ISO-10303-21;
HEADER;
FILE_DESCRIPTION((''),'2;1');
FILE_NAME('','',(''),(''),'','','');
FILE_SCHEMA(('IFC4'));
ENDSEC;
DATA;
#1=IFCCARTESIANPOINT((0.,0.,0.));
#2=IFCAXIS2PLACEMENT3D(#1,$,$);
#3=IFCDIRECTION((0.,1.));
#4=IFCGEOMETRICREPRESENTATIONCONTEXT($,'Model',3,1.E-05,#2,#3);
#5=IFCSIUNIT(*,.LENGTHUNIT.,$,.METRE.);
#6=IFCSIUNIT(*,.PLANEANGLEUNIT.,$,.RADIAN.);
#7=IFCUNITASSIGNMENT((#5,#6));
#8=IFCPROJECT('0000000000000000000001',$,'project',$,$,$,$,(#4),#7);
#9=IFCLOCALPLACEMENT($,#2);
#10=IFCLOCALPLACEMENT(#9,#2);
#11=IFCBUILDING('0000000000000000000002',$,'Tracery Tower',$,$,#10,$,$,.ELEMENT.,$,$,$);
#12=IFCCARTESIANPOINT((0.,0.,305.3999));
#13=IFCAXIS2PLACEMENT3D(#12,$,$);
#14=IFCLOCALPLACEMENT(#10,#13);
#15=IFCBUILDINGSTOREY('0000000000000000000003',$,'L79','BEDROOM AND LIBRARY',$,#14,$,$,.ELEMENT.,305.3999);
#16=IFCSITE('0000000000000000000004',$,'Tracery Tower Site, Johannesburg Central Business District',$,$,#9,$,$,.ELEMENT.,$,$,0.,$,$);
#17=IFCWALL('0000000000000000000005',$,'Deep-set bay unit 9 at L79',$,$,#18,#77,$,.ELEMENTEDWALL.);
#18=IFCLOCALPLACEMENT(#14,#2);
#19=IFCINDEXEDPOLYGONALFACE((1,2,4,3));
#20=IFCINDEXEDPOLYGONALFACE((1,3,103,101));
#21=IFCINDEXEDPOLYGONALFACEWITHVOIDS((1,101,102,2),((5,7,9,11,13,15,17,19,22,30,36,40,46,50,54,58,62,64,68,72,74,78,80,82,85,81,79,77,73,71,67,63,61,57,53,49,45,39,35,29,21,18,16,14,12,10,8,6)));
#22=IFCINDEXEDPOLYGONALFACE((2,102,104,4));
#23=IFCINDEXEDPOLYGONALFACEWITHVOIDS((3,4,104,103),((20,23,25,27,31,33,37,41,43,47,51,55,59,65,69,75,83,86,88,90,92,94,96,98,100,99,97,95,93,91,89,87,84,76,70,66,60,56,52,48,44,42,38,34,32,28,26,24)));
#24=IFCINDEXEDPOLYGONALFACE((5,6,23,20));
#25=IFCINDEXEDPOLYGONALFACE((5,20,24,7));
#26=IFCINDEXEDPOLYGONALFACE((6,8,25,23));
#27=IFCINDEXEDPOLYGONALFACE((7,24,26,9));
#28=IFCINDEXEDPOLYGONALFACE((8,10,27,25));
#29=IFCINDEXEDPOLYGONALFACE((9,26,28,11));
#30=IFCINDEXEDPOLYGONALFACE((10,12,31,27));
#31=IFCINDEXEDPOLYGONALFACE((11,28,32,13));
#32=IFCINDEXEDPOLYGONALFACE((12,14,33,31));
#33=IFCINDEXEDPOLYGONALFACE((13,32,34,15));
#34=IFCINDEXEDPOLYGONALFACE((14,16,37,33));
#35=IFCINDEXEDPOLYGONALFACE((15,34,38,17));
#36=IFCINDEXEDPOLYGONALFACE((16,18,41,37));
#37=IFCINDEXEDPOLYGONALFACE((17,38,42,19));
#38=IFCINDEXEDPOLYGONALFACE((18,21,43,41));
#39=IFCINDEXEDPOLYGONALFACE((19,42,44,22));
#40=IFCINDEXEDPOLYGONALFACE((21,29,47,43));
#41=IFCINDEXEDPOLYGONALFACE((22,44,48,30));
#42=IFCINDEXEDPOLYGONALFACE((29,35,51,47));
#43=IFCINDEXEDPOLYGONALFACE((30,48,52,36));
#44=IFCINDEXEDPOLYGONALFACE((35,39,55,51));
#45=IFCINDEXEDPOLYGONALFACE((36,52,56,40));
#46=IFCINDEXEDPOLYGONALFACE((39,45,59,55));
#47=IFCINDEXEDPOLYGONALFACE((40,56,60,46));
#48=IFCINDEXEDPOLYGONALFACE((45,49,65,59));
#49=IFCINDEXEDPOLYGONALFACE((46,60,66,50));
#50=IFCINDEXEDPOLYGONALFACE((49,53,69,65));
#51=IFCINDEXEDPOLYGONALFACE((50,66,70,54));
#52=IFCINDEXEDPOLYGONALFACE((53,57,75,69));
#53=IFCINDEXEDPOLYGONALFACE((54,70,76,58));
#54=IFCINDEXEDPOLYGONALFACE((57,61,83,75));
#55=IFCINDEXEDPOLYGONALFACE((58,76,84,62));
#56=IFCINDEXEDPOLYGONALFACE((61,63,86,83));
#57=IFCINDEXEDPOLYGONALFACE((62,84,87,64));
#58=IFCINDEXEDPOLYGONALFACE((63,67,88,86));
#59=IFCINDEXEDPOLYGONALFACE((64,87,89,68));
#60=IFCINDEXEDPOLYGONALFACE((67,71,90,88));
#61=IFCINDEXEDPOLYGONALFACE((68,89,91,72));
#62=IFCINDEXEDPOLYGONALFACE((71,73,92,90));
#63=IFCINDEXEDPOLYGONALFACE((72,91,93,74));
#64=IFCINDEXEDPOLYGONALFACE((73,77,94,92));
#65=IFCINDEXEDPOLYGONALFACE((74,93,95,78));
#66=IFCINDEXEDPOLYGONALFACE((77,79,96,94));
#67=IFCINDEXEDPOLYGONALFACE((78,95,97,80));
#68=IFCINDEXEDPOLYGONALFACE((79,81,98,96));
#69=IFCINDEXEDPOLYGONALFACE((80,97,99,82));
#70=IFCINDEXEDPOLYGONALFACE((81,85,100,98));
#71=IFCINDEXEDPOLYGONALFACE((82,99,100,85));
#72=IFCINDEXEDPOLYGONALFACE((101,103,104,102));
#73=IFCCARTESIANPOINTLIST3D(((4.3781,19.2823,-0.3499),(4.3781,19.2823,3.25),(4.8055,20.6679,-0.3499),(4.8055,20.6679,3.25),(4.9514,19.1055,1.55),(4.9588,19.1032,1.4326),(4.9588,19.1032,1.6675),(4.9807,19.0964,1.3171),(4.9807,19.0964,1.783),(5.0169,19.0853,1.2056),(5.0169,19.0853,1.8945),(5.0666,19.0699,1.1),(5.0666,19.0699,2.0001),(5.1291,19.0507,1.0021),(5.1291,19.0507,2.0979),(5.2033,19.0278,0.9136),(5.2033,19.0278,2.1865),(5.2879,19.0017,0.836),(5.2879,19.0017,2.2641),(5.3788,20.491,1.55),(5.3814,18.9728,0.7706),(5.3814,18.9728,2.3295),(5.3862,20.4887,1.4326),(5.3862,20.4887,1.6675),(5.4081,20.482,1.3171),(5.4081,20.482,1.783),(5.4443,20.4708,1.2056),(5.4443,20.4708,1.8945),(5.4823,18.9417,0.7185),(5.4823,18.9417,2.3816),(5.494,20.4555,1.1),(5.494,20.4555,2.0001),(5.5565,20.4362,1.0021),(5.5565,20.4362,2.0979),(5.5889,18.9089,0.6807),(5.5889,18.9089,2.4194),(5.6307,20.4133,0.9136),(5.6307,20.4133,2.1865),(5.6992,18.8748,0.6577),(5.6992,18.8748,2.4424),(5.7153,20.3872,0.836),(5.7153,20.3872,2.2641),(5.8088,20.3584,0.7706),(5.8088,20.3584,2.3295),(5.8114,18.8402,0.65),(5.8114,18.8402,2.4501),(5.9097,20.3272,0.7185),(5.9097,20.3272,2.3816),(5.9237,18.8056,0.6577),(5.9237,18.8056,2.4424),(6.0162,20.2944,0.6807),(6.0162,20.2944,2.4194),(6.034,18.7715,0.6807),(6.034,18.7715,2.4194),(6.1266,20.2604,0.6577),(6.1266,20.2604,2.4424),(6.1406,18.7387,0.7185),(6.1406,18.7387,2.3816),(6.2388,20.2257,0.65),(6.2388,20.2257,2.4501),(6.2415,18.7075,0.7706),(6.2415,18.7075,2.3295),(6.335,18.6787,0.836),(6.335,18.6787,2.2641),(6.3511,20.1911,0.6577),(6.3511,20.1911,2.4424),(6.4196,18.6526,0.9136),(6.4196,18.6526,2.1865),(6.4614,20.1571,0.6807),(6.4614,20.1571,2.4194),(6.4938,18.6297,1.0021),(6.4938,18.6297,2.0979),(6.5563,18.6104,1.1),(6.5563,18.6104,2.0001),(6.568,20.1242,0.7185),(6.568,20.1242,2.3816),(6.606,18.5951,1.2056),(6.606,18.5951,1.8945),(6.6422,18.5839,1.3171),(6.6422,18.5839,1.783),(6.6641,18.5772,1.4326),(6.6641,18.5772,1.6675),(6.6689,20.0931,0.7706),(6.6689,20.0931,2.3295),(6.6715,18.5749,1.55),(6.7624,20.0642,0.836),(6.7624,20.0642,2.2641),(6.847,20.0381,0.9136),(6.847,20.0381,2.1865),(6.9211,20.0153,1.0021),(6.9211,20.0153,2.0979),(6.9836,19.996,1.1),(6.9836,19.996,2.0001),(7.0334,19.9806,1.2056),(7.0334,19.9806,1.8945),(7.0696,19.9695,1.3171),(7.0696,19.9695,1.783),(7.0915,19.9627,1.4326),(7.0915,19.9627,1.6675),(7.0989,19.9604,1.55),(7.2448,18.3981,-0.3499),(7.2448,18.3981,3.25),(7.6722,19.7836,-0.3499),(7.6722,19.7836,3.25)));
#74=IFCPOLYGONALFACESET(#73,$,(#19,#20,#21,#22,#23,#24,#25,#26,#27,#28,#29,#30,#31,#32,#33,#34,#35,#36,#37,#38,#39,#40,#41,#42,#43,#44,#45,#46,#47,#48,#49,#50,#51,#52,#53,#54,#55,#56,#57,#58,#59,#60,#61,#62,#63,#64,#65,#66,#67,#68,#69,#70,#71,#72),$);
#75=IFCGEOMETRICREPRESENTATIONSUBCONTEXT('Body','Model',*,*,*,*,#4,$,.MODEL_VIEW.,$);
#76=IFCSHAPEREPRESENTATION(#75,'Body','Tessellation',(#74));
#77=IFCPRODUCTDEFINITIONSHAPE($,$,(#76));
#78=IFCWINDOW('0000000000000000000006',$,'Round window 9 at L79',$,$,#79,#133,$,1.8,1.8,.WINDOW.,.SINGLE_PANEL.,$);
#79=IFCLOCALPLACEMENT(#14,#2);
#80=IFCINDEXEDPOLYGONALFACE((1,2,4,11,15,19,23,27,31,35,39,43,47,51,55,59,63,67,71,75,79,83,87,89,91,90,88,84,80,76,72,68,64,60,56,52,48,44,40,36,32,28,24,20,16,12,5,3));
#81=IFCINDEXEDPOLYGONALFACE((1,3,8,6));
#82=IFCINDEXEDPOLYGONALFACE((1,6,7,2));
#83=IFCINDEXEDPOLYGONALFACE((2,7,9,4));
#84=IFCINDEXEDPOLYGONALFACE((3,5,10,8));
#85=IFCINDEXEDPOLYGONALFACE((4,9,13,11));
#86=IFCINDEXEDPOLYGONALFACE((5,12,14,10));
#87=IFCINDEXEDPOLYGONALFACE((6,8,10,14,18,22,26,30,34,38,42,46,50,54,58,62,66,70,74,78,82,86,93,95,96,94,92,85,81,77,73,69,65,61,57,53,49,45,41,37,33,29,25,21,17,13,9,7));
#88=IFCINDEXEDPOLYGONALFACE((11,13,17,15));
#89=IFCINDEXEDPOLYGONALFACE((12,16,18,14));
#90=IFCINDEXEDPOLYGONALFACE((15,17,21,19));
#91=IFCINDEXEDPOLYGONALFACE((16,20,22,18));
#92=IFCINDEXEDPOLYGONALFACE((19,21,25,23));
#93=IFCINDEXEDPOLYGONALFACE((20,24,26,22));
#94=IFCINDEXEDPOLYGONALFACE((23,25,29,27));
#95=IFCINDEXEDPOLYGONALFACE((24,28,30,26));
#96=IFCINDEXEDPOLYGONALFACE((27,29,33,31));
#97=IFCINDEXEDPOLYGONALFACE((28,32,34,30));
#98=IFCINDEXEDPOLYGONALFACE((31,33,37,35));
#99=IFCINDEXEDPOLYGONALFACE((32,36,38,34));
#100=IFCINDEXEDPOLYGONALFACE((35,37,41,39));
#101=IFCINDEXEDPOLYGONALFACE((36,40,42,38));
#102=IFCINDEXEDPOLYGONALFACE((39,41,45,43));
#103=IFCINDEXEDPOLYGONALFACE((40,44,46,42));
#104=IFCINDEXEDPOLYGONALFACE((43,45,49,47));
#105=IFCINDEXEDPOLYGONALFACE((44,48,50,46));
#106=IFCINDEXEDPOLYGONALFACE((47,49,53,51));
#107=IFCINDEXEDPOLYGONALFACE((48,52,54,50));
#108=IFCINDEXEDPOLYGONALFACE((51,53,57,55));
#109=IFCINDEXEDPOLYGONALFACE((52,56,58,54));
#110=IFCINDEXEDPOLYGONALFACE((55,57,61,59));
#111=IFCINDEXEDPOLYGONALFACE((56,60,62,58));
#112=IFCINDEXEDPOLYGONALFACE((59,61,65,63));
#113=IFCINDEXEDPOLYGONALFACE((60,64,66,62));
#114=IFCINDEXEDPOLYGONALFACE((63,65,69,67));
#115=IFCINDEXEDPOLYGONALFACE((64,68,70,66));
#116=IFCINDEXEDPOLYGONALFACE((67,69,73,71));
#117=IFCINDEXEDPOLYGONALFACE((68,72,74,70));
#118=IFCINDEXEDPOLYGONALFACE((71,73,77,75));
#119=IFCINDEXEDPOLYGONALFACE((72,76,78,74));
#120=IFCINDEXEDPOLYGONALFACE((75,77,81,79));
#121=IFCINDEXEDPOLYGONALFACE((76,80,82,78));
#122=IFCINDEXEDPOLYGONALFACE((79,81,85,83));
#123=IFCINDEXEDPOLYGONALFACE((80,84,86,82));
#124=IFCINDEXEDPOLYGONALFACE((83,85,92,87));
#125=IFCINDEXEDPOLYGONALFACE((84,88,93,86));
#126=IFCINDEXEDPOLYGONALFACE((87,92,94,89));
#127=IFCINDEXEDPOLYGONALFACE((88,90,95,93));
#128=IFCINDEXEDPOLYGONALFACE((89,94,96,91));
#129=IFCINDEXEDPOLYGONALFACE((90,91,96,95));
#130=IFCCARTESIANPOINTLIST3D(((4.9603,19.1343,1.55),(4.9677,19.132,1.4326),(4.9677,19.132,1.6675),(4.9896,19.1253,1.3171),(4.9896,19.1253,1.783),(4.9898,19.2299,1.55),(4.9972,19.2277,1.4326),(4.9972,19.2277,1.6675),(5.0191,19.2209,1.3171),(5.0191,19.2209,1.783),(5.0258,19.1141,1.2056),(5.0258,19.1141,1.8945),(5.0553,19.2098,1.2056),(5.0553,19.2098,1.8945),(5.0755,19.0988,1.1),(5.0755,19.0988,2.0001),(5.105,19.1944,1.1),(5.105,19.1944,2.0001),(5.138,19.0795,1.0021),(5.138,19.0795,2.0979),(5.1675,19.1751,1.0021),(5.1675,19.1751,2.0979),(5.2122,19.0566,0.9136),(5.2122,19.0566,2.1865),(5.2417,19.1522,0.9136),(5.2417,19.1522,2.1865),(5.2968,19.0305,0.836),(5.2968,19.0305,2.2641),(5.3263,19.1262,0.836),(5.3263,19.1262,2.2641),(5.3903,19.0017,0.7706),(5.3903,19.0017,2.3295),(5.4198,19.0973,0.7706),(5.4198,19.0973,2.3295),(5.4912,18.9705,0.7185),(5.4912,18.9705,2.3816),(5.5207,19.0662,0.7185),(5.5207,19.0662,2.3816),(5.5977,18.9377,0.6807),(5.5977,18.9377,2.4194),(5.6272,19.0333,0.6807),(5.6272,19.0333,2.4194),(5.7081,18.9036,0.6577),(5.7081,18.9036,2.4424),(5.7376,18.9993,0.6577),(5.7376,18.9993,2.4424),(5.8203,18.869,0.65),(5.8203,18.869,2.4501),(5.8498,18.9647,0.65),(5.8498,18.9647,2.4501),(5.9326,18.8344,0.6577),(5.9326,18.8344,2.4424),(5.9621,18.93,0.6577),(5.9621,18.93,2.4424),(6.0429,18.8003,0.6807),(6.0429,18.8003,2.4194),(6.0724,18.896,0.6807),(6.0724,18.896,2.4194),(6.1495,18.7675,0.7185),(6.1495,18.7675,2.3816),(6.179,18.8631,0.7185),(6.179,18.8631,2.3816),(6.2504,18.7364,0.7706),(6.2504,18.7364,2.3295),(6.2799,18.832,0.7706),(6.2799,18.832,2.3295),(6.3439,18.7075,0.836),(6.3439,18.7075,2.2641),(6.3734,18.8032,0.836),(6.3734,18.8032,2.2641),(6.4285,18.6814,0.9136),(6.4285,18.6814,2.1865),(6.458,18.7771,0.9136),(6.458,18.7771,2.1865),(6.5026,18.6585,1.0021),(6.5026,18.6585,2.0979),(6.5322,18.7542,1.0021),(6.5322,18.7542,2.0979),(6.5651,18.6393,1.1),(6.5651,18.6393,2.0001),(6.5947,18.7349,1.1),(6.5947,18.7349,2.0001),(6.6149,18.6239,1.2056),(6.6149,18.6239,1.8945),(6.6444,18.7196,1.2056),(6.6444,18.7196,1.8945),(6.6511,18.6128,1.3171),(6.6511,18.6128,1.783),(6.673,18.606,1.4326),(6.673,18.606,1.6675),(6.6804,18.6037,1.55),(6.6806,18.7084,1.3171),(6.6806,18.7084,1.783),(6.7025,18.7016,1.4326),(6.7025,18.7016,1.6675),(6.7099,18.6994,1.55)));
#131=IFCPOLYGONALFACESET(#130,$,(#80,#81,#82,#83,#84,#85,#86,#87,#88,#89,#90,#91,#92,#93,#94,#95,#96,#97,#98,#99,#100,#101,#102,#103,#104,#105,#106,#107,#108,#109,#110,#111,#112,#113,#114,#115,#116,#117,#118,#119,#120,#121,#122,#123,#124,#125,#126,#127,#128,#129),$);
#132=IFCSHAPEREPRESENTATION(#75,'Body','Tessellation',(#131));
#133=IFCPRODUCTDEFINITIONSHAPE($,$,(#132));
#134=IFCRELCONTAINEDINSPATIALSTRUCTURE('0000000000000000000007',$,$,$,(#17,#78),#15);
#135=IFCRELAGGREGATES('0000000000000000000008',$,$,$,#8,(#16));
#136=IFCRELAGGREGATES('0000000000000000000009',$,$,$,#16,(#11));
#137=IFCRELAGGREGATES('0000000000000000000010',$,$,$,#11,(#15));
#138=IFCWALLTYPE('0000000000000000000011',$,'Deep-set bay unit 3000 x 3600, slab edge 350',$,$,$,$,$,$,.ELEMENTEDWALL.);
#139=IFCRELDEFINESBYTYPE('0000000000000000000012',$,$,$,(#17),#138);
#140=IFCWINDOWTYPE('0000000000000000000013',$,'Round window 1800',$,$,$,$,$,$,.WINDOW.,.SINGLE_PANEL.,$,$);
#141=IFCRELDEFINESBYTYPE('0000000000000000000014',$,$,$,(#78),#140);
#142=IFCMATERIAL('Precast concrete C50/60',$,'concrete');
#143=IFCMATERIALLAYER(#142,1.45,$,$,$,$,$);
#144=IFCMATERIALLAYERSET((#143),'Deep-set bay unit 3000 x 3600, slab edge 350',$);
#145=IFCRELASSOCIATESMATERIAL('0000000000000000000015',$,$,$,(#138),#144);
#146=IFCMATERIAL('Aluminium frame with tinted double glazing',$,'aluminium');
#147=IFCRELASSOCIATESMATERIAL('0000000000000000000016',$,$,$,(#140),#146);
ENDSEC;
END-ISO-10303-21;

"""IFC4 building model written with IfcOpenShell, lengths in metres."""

from ifc_helpers import new_model, si_unit, direction, frame, frame_2d, origin, origin_2d, place, context, subcontext, project, spatial, rectangle, circle, extrude, material, layer, layer_set, type_object, element, fill, save


model = new_model("IFC4")

# Units and contexts
model_context = context("Model", 3, precision=1e-05, world=origin(), true_north=direction((0.0, 1.0)))
body_context = subcontext(model_context, "Body", "Model", "MODEL_VIEW")
ifc_project = project(units=[si_unit("LENGTHUNIT", "METRE"), si_unit("PLANEANGLEUNIT", "RADIAN")], contexts=[model_context])

# Site, building, storey
site_placement = place(None, origin())
site = spatial("IfcSite", under=ifc_project, at=site_placement, Name="Tracery Tower Site, Johannesburg Central Business District", CompositionType="ELEMENT", RefElevation=0.0)
building_placement = place(site_placement, origin())
building = spatial("IfcBuilding", under=site, at=building_placement, Name="Tracery Tower", CompositionType="ELEMENT")
storey_placement = place(building_placement, frame((0.0, 0.0, 305.3999)))
storey = spatial("IfcBuildingStorey", under=building, at=storey_placement, Name="L79", Description="BEDROOM AND LIBRARY", CompositionType="ELEMENT", Elevation=305.3999)

# Wall, opening, window
ifc_material_1 = material(Name="Precast concrete C50/60", Category="concrete")
ifc_layer_1 = layer(ifc_material_1, 1.45)
ifc_layer_set_1 = layer_set([ifc_layer_1], Name="Deep-set bay unit 3000 x 3600, slab edge 350")
wall_type_1 = type_object("IfcWallType", Name="Deep-set bay unit 3000 x 3600, slab edge 350", PredefinedType="ELEMENTEDWALL", material=ifc_layer_set_1)
wall_1_placement = place(storey_placement, frame((7.4585, 19.0908, -0.3499), z_axis=(0.0, 0.0, 1.0), x_axis=(-0.955571, 0.294761, 0.0)))
wall_1 = element("IfcWall", 1, at=wall_1_placement, inside=storey, type_object=wall_type_1, Name="Deep-set bay unit 9 at L79", PredefinedType="ELEMENTEDWALL", context=body_context, shape_type="SweptSolid", body=[
    extrude(rectangle(XDim=3.0, YDim=1.45, at=frame_2d((1.5, 0.0))), origin(), (0.0, 0.0, 1.0), 3.5999),
])
opening_1_placement = place(wall_1_placement, frame((1.5, 0.0, 1.8999)))
opening_1 = element("IfcOpeningElement", 2, at=opening_1_placement, cuts=wall_1, PredefinedType="OPENING", context=body_context, shape_type="SweptSolid", body=[
    extrude(circle(Radius=0.9, at=origin_2d()), frame((0.0, 0.7349, 0.0), z_axis=(0.0, -1.0, 0.0), x_axis=(1.0, 0.0, 0.0)), (0.0, 0.0, 1.0), 1.47),
])
ifc_material_2 = material(Name="Aluminium frame with tinted double glazing", Category="aluminium")
window_type = type_object("IfcWindowType", Name="Round window 1800", PartitioningType="SINGLE_PANEL", PredefinedType="WINDOW", material=ifc_material_2)
window_1_placement = place(opening_1_placement, origin())
window_1 = element("IfcWindow", 3, at=window_1_placement, inside=storey, type_object=window_type, Name="Round window 9 at L79", OverallHeight=1.8, OverallWidth=1.8, PartitioningType="SINGLE_PANEL", PredefinedType="WINDOW", context=body_context, shape_type="SweptSolid", body=[
    extrude(circle(Radius=0.9, at=origin_2d()), frame((0.0, 0.6948, 0.0), z_axis=(0.0, -1.0, 0.0), x_axis=(1.0, 0.0, 0.0)), (0.0, 0.0, 1.0), 0.1001),
])
fill(opening_1, window_1)

save(model, "model.ifc")
